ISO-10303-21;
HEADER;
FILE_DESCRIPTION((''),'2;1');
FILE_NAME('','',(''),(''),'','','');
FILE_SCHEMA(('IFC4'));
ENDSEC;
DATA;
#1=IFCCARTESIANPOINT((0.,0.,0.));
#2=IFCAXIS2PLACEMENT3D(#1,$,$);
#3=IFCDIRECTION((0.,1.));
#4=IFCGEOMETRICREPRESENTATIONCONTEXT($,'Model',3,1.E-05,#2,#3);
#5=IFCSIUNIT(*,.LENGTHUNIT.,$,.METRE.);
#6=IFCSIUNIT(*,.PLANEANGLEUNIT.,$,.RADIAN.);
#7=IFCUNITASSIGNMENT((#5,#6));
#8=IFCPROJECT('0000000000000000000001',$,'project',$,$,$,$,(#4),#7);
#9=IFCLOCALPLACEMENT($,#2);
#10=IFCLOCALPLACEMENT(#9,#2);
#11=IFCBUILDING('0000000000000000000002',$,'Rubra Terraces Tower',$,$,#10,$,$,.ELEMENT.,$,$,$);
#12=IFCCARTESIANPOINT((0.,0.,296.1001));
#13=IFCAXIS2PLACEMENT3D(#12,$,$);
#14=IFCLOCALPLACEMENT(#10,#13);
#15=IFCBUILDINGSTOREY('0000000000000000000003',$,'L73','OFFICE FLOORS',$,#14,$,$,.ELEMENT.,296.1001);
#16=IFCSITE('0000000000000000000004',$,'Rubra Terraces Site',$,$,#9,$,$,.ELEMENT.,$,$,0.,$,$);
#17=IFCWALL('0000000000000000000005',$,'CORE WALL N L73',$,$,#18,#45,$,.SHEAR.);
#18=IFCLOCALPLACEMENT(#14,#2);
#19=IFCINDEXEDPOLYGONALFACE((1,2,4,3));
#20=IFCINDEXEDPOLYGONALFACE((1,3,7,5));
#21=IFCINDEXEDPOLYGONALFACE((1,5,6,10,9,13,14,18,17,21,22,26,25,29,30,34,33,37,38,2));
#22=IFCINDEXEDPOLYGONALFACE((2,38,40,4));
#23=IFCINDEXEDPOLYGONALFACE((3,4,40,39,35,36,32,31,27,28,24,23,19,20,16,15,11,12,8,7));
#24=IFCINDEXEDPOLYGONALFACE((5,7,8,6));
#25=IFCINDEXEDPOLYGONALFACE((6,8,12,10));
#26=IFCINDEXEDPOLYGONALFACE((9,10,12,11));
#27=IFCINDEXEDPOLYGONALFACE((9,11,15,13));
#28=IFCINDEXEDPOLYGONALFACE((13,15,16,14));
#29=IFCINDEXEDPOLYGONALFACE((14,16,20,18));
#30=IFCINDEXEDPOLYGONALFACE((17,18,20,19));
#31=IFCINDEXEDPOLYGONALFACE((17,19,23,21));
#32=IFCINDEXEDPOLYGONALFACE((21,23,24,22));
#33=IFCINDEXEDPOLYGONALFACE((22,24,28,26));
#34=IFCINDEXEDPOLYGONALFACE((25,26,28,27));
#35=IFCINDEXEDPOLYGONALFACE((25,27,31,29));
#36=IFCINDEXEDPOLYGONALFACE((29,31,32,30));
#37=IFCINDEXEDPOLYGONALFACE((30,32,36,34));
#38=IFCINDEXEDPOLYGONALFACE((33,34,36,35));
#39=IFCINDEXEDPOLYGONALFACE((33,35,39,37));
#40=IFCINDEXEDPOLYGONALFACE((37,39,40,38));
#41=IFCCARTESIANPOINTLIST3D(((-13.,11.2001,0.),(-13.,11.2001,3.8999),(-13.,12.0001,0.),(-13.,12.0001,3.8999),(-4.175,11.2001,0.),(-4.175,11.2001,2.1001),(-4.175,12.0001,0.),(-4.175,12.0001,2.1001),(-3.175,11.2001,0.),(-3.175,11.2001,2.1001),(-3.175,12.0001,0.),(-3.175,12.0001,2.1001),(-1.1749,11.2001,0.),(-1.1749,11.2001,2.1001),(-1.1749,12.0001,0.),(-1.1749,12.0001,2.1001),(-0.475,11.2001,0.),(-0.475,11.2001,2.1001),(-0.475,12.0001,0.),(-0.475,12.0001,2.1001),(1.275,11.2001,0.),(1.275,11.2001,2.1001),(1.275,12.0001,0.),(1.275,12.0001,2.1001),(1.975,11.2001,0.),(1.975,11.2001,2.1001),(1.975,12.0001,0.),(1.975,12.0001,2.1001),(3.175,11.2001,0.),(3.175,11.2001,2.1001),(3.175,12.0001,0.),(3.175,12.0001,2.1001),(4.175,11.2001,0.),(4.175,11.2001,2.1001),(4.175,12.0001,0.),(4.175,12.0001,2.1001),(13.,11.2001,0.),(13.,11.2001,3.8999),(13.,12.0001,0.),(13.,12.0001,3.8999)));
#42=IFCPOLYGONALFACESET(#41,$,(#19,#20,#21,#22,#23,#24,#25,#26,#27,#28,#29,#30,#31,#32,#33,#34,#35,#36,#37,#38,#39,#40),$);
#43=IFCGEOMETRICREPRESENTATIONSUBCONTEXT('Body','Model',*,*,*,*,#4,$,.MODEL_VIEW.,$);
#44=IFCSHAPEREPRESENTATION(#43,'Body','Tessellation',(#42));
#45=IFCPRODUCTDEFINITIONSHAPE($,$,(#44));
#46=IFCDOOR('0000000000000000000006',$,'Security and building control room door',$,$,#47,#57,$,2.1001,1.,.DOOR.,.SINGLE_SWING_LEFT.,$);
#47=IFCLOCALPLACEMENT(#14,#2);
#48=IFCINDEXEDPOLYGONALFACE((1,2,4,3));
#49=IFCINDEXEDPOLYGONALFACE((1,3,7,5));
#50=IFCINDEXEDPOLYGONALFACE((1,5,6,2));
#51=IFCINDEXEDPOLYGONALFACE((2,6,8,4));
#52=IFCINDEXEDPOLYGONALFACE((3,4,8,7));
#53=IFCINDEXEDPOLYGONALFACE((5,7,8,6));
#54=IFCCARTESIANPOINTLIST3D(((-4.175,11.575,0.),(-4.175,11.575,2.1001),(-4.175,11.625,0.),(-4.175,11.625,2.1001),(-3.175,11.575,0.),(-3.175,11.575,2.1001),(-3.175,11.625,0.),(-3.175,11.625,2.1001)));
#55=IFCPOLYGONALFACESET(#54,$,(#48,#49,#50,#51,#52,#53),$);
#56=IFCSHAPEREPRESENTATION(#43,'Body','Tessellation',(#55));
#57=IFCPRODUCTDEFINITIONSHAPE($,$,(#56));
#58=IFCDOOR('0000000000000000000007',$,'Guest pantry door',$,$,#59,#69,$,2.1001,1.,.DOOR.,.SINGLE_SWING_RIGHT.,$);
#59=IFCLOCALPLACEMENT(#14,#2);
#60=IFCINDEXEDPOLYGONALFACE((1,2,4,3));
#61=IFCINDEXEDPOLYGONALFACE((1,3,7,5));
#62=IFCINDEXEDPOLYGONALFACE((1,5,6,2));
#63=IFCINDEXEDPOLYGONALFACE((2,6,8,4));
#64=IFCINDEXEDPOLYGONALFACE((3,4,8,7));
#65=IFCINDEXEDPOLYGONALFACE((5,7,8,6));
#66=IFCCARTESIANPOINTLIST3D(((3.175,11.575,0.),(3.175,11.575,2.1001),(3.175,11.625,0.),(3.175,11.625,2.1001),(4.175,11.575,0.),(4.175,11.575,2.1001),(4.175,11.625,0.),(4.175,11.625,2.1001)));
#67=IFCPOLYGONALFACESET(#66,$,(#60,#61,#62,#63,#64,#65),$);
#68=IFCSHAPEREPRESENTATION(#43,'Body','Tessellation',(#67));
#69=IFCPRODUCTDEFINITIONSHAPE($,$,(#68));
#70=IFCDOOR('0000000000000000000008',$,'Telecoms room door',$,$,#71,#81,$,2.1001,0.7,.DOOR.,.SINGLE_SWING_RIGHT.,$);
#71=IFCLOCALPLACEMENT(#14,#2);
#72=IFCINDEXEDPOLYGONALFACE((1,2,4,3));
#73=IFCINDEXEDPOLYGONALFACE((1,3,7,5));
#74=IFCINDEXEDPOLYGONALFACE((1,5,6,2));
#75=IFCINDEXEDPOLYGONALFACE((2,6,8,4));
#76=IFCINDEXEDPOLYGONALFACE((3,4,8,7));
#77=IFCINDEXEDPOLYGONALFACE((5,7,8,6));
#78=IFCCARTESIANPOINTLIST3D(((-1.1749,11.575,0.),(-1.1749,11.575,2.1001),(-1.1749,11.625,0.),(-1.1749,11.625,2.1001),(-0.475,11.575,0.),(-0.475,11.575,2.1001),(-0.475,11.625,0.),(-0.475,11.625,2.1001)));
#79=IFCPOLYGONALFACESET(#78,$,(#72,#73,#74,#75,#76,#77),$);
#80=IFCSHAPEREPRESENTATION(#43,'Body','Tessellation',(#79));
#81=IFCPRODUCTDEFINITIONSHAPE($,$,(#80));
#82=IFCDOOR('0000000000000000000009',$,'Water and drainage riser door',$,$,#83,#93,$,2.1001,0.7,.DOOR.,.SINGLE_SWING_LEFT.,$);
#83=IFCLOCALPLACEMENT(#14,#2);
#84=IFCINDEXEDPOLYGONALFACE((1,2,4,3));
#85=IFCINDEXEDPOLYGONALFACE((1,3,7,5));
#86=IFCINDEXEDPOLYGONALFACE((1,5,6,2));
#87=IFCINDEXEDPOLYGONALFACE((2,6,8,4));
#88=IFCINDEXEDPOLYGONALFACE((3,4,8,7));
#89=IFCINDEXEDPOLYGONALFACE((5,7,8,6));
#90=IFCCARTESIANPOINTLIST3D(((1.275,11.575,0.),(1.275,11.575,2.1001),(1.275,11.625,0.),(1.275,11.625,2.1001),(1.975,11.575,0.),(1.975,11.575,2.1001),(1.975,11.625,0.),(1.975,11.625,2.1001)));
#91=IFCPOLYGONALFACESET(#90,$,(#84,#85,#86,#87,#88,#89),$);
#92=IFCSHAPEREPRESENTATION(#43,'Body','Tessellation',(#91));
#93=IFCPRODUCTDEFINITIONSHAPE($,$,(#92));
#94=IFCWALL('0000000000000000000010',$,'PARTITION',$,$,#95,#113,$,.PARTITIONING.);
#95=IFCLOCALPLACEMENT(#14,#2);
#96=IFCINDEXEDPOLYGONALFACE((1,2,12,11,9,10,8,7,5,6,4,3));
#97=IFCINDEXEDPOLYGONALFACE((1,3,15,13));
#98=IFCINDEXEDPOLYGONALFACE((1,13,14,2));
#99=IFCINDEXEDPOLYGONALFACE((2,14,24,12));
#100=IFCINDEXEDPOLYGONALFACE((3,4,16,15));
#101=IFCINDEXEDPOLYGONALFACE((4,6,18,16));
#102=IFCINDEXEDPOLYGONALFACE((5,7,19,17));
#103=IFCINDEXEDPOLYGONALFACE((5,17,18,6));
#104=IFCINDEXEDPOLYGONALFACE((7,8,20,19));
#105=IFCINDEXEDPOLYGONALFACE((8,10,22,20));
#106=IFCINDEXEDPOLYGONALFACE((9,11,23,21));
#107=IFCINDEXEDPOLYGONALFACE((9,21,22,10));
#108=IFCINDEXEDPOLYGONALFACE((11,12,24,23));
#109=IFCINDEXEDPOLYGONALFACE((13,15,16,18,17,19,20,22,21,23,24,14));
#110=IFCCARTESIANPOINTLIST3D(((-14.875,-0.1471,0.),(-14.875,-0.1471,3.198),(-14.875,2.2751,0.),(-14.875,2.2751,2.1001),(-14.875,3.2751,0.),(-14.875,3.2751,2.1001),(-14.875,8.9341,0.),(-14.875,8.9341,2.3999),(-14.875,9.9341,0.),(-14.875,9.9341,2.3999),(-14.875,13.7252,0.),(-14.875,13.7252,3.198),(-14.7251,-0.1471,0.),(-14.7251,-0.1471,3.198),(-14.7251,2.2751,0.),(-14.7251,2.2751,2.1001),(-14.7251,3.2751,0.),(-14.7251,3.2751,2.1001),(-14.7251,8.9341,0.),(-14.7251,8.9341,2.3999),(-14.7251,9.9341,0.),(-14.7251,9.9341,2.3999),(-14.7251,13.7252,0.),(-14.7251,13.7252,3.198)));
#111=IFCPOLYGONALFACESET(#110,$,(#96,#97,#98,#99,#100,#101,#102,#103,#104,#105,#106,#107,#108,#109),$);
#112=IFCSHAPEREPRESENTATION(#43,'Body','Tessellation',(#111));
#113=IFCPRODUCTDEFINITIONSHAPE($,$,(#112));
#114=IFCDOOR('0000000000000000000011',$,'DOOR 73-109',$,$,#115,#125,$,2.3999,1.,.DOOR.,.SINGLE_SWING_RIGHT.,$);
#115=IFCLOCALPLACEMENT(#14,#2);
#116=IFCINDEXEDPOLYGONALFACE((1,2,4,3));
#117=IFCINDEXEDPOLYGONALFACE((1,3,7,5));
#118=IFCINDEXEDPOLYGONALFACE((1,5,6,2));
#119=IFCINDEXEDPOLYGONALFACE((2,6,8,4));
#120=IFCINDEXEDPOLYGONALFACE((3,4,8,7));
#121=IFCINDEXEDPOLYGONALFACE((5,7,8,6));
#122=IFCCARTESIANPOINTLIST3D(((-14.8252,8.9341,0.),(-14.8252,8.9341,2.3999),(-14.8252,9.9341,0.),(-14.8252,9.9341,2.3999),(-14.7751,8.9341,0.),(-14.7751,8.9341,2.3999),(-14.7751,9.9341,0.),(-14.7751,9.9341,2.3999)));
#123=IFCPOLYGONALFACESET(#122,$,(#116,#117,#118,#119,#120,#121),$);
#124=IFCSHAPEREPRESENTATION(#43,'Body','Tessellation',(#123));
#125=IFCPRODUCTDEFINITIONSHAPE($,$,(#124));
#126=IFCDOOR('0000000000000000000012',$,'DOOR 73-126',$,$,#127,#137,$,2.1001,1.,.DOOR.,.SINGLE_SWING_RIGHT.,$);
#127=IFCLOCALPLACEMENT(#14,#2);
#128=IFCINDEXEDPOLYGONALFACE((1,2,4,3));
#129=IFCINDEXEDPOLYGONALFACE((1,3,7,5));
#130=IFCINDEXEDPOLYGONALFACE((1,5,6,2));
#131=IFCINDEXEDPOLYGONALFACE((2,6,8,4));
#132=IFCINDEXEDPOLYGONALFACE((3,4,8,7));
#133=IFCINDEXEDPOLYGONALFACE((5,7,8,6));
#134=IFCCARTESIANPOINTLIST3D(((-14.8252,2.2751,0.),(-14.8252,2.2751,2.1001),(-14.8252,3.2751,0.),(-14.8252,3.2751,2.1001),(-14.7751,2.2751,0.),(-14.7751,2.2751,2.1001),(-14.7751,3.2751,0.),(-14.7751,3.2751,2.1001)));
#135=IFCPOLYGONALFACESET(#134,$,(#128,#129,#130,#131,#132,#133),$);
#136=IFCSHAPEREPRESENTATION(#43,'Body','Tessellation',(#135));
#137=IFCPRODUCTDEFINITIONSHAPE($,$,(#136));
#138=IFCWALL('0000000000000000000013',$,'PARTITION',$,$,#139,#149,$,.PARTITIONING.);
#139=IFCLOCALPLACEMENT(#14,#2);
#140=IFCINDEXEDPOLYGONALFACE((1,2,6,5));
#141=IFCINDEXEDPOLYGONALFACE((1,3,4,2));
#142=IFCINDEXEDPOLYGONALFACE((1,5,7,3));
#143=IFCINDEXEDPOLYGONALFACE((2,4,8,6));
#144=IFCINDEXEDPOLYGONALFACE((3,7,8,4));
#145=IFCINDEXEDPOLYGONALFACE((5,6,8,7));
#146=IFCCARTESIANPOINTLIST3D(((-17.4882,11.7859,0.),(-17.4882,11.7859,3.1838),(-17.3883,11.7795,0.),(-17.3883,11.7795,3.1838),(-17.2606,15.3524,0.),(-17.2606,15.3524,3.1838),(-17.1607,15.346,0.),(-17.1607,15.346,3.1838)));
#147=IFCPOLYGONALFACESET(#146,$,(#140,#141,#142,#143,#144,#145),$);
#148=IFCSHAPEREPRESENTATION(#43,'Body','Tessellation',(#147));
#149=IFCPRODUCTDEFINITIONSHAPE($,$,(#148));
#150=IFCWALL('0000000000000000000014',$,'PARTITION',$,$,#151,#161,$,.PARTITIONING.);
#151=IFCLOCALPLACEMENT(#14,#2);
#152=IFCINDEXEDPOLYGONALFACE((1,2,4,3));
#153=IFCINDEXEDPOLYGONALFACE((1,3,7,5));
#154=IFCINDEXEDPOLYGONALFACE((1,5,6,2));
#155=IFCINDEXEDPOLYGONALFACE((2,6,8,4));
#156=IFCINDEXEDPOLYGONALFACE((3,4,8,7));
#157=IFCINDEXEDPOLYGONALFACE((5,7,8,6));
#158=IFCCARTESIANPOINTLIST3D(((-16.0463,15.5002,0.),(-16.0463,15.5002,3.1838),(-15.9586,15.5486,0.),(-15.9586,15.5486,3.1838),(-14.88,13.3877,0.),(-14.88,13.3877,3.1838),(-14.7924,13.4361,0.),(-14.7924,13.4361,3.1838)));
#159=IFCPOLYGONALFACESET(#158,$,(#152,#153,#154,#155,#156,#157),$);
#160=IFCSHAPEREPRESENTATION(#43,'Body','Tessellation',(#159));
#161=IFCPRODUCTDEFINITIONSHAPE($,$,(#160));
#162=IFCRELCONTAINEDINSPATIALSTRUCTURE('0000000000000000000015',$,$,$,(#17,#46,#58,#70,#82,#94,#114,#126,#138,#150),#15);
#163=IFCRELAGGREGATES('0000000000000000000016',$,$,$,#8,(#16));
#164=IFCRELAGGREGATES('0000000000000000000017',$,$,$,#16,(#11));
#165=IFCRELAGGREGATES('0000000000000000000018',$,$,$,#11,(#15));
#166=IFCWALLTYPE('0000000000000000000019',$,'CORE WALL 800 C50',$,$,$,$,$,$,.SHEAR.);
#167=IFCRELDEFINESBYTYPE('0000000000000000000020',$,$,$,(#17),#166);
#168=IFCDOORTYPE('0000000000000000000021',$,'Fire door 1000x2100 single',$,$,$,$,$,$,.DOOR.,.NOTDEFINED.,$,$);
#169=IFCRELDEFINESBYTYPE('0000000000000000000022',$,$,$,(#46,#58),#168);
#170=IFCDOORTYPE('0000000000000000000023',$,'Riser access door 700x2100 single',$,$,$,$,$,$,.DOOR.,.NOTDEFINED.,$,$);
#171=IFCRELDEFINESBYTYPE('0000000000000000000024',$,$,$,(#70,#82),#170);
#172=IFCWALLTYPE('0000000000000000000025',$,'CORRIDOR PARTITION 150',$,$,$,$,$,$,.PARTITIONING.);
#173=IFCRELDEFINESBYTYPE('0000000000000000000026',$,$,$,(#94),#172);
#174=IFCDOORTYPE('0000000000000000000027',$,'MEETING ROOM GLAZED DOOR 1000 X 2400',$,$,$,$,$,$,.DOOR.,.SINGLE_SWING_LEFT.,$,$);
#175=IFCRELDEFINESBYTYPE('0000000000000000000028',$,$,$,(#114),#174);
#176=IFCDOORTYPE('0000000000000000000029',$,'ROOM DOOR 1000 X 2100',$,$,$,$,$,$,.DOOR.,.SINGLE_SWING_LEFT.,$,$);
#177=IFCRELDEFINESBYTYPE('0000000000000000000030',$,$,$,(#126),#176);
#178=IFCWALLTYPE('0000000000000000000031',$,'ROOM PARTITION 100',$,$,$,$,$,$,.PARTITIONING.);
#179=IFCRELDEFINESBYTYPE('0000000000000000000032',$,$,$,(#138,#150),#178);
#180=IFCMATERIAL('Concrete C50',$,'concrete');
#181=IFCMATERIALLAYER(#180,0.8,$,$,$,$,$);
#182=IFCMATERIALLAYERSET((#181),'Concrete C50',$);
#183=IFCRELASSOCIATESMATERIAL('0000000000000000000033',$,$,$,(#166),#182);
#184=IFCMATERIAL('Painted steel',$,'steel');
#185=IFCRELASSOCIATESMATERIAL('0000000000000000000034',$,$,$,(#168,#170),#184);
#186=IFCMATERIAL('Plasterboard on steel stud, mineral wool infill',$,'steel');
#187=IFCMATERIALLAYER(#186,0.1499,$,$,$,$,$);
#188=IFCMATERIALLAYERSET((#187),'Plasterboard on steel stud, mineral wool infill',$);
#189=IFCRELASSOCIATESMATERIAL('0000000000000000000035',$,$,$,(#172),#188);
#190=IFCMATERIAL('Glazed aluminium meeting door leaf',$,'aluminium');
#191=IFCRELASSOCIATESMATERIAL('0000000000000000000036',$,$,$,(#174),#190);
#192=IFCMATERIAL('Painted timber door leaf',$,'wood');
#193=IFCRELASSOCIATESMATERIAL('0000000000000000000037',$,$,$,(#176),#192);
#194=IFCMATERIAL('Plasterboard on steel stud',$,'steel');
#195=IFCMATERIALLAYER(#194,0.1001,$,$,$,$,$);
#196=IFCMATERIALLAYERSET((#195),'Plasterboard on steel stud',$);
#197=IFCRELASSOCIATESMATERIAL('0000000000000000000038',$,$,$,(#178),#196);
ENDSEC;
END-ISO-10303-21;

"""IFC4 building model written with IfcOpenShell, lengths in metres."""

from ifc_helpers import new_model, si_unit, direction, frame, frame_2d, origin, place, context, subcontext, project, spatial, rectangle, extrude, material, layer, layer_set, type_object, element, fill, save


model = new_model("IFC4")

# Units and contexts
model_context = context("Model", 3, precision=1e-05, world=origin(), true_north=direction((0.0, 1.0)))
body_context = subcontext(model_context, "Body", "Model", "MODEL_VIEW")
ifc_project = project(units=[si_unit("LENGTHUNIT", "METRE"), si_unit("PLANEANGLEUNIT", "RADIAN")], contexts=[model_context])

# Site, building, storey
site_placement = place(None, origin())
site = spatial("IfcSite", under=ifc_project, at=site_placement, Name="Rubra Terraces Site", CompositionType="ELEMENT", RefElevation=0.0)
building_placement = place(site_placement, origin())
building = spatial("IfcBuilding", under=site, at=building_placement, Name="Rubra Terraces Tower", CompositionType="ELEMENT")
storey_placement = place(building_placement, frame((0.0, 0.0, 296.1001)))
storey = spatial("IfcBuildingStorey", under=building, at=storey_placement, Name="L73", Description="OFFICE FLOORS", CompositionType="ELEMENT", Elevation=296.1001)

# Shared definitions
ifc_material_1 = material(Name="Concrete C50", Category="concrete")

# Walls, openings, doors
ifc_layer_1 = layer(ifc_material_1, 0.8)
ifc_layer_set_1 = layer_set([ifc_layer_1], Name="Concrete C50")
wall_type_1 = type_object("IfcWallType", Name="CORE WALL 800 C50", PredefinedType="SHEAR", material=ifc_layer_set_1)
wall_1_placement = place(storey_placement, frame((-13.0, 11.6001, 0.0), z_axis=(0.0, 0.0, 1.0), x_axis=(1.0, 0.0, 0.0)))
wall_1 = element("IfcWall", 1, at=wall_1_placement, inside=storey, type_object=wall_type_1, Name="CORE WALL N L73", PredefinedType="SHEAR", context=body_context, shape_type="SweptSolid", body=[
    extrude(rectangle(XDim=26.0, YDim=0.8, at=frame_2d((13.0, 0.0))), origin(), (0.0, 0.0, 1.0), 3.8999),
])
opening_1_placement = place(wall_1_placement, frame((8.825, 0.0, 0.0)))
opening_1 = element("IfcOpeningElement", 2, at=opening_1_placement, cuts=wall_1, PredefinedType="OPENING", context=body_context, shape_type="SweptSolid", body=[
    extrude(rectangle(XDim=1.0, YDim=2.1001, at=frame_2d((0.5, 1.05))), frame((0.0, 0.4099, 0.0), z_axis=(0.0, -1.0, 0.0), x_axis=(1.0, 0.0, 0.0)), (0.0, 0.0, 1.0), 0.8201),
])
opening_2_placement = place(wall_1_placement, frame((11.825, 0.0, 0.0)))
opening_2 = element("IfcOpeningElement", 3, at=opening_2_placement, cuts=wall_1, PredefinedType="OPENING", context=body_context, shape_type="SweptSolid", body=[
    extrude(rectangle(XDim=0.7, YDim=2.1001, at=frame_2d((0.3501, 1.05))), frame((0.0, 0.4099, 0.0), z_axis=(0.0, -1.0, 0.0), x_axis=(1.0, 0.0, 0.0)), (0.0, 0.0, 1.0), 0.8201),
])
opening_3_placement = place(wall_1_placement, frame((14.2749, 0.0, 0.0)))
opening_3 = element("IfcOpeningElement", 4, at=opening_3_placement, cuts=wall_1, PredefinedType="OPENING", context=body_context, shape_type="SweptSolid", body=[
    extrude(rectangle(XDim=0.7, YDim=2.1001, at=frame_2d((0.3501, 1.05))), frame((0.0, 0.4099, 0.0), z_axis=(0.0, -1.0, 0.0), x_axis=(1.0, 0.0, 0.0)), (0.0, 0.0, 1.0), 0.8201),
])
opening_4_placement = place(wall_1_placement, frame((16.175, 0.0, 0.0)))
opening_4 = element("IfcOpeningElement", 5, at=opening_4_placement, cuts=wall_1, PredefinedType="OPENING", context=body_context, shape_type="SweptSolid", body=[
    extrude(rectangle(XDim=1.0, YDim=2.1001, at=frame_2d((0.5, 1.05))), frame((0.0, 0.4099, 0.0), z_axis=(0.0, -1.0, 0.0), x_axis=(1.0, 0.0, 0.0)), (0.0, 0.0, 1.0), 0.8201),
])
ifc_material_2 = material(Name="Painted steel", Category="steel")
door_type_1 = type_object("IfcDoorType", Name="Fire door 1000x2100 single", OperationType="NOTDEFINED", PredefinedType="DOOR", material=ifc_material_2)
door_1_placement = place(opening_1_placement, origin())
door_1 = element("IfcDoor", 6, at=door_1_placement, inside=storey, type_object=door_type_1, Name="Security and building control room door", OperationType="SINGLE_SWING_LEFT", OverallHeight=2.1001, OverallWidth=1.0, PredefinedType="DOOR", context=body_context, shape_type="SweptSolid", body=[
    extrude(rectangle(XDim=1.0, YDim=2.1001, at=frame_2d((0.5, 1.05))), frame((0.0, 0.0249, 0.0), z_axis=(0.0, -1.0, 0.0), x_axis=(1.0, 0.0, 0.0)), (0.0, 0.0, 1.0), 0.05),
])
fill(opening_1, door_1)
door_2_placement = place(opening_4_placement, origin())
door_2 = element("IfcDoor", 7, at=door_2_placement, inside=storey, type_object=door_type_1, Name="Guest pantry door", OperationType="SINGLE_SWING_RIGHT", OverallHeight=2.1001, OverallWidth=1.0, PredefinedType="DOOR", context=body_context, shape_type="SweptSolid", body=[
    extrude(rectangle(XDim=1.0, YDim=2.1001, at=frame_2d((0.5, 1.05))), frame((0.0, 0.0249, 0.0), z_axis=(0.0, -1.0, 0.0), x_axis=(1.0, 0.0, 0.0)), (0.0, 0.0, 1.0), 0.05),
])
fill(opening_4, door_2)
door_type_2 = type_object("IfcDoorType", Name="Riser access door 700x2100 single", OperationType="NOTDEFINED", PredefinedType="DOOR", material=ifc_material_2)
door_3_placement = place(opening_2_placement, origin())
door_3 = element("IfcDoor", 8, at=door_3_placement, inside=storey, type_object=door_type_2, Name="Telecoms room door", OperationType="SINGLE_SWING_RIGHT", OverallHeight=2.1001, OverallWidth=0.7, PredefinedType="DOOR", context=body_context, shape_type="SweptSolid", body=[
    extrude(rectangle(XDim=0.7, YDim=2.1001, at=frame_2d((0.3501, 1.05))), frame((0.0, 0.0249, 0.0), z_axis=(0.0, -1.0, 0.0), x_axis=(1.0, 0.0, 0.0)), (0.0, 0.0, 1.0), 0.05),
])
fill(opening_2, door_3)
door_4_placement = place(opening_3_placement, origin())
door_4 = element("IfcDoor", 9, at=door_4_placement, inside=storey, type_object=door_type_2, Name="Water and drainage riser door", OperationType="SINGLE_SWING_LEFT", OverallHeight=2.1001, OverallWidth=0.7, PredefinedType="DOOR", context=body_context, shape_type="SweptSolid", body=[
    extrude(rectangle(XDim=0.7, YDim=2.1001, at=frame_2d((0.3501, 1.05))), frame((0.0, 0.0249, 0.0), z_axis=(0.0, -1.0, 0.0), x_axis=(1.0, 0.0, 0.0)), (0.0, 0.0, 1.0), 0.05),
])
fill(opening_3, door_4)
ifc_material_3 = material(Name="Plasterboard on steel stud, mineral wool infill", Category="steel")
ifc_layer_2 = layer(ifc_material_3, 0.1499)
ifc_layer_set_2 = layer_set([ifc_layer_2], Name="Plasterboard on steel stud, mineral wool infill")
wall_type_2 = type_object("IfcWallType", Name="CORRIDOR PARTITION 150", PredefinedType="PARTITIONING", material=ifc_layer_set_2)
wall_2_placement = place(storey_placement, frame((-14.8, 13.7251, 0.0), z_axis=(0.0, 0.0, 1.0), x_axis=(0.0, -1.0, 0.0)))
wall_2 = element("IfcWall", 10, at=wall_2_placement, inside=storey, type_object=wall_type_2, Name="PARTITION", PredefinedType="PARTITIONING", context=body_context, shape_type="SweptSolid", body=[
    extrude(rectangle(XDim=13.8723, YDim=0.1499, at=frame_2d((6.936, 0.0))), origin(), (0.0, 0.0, 1.0), 3.198),
])
opening_5_placement = place(wall_2_placement, frame((3.791, 0.0, 0.0)))
opening_5 = element("IfcOpeningElement", 11, at=opening_5_placement, cuts=wall_2, PredefinedType="OPENING", context=body_context, shape_type="SweptSolid", body=[
    extrude(rectangle(XDim=1.0, YDim=2.3999, at=frame_2d((0.5, 1.2))), frame((0.0, 0.085, 0.0), z_axis=(0.0, -1.0, 0.0), x_axis=(1.0, 0.0, 0.0)), (0.0, 0.0, 1.0), 0.1699),
])
opening_6_placement = place(wall_2_placement, frame((10.45, 0.0, 0.0)))
opening_6 = element("IfcOpeningElement", 12, at=opening_6_placement, cuts=wall_2, PredefinedType="OPENING", context=body_context, shape_type="SweptSolid", body=[
    extrude(rectangle(XDim=1.0, YDim=2.1001, at=frame_2d((0.5, 1.05))), frame((0.0, 0.085, 0.0), z_axis=(0.0, -1.0, 0.0), x_axis=(1.0, 0.0, 0.0)), (0.0, 0.0, 1.0), 0.1699),
])
ifc_material_4 = material(Name="Glazed aluminium meeting door leaf", Category="aluminium")
door_type_3 = type_object("IfcDoorType", Name="MEETING ROOM GLAZED DOOR 1000 X 2400", OperationType="SINGLE_SWING_LEFT", PredefinedType="DOOR", material=ifc_material_4)
door_5_placement = place(opening_5_placement, origin())
door_5 = element("IfcDoor", 13, at=door_5_placement, inside=storey, type_object=door_type_3, Name="DOOR 73-109", OperationType="SINGLE_SWING_RIGHT", OverallHeight=2.3999, OverallWidth=1.0, PredefinedType="DOOR", context=body_context, shape_type="SweptSolid", body=[
    extrude(rectangle(XDim=1.0, YDim=2.3999, at=frame_2d((0.5, 1.2))), frame((0.0, 0.0249, 0.0), z_axis=(0.0, -1.0, 0.0), x_axis=(1.0, 0.0, 0.0)), (0.0, 0.0, 1.0), 0.05),
])
fill(opening_5, door_5)
ifc_material_5 = material(Name="Painted timber door leaf", Category="wood")
door_type_4 = type_object("IfcDoorType", Name="ROOM DOOR 1000 X 2100", OperationType="SINGLE_SWING_LEFT", PredefinedType="DOOR", material=ifc_material_5)
door_6_placement = place(opening_6_placement, origin())
door_6 = element("IfcDoor", 14, at=door_6_placement, inside=storey, type_object=door_type_4, Name="DOOR 73-126", OperationType="SINGLE_SWING_RIGHT", OverallHeight=2.1001, OverallWidth=1.0, PredefinedType="DOOR", context=body_context, shape_type="SweptSolid", body=[
    extrude(rectangle(XDim=1.0, YDim=2.1001, at=frame_2d((0.5, 1.05))), frame((0.0, 0.0249, 0.0), z_axis=(0.0, -1.0, 0.0), x_axis=(1.0, 0.0, 0.0)), (0.0, 0.0, 1.0), 0.05),
])
fill(opening_6, door_6)

# Walls
ifc_material_6 = material(Name="Plasterboard on steel stud", Category="steel")
ifc_layer_3 = layer(ifc_material_6, 0.1001)
ifc_layer_set_3 = layer_set([ifc_layer_3], Name="Plasterboard on steel stud")
wall_type_3 = type_object("IfcWallType", Name="ROOM PARTITION 100", PredefinedType="PARTITIONING", material=ifc_layer_set_3)
wall_3_placement = place(storey_placement, frame((-17.4382, 11.7827, 0.0), z_axis=(0.0, 0.0, 1.0), x_axis=(0.063671, 0.997971, 0.0)))
element("IfcWall", 15, at=wall_3_placement, inside=storey, type_object=wall_type_3, Name="PARTITION", PredefinedType="PARTITIONING", context=body_context, shape_type="SweptSolid", body=[
    extrude(rectangle(XDim=3.5737, YDim=0.1001, at=frame_2d((1.7869, 0.0))), origin(), (0.0, 0.0, 1.0), 3.1838),
])
wall_4_placement = place(storey_placement, frame((-14.8362, 13.4119, 0.0), z_axis=(0.0, 0.0, 1.0), x_axis=(-0.483305, 0.875452, 0.0)))
element("IfcWall", 16, at=wall_4_placement, inside=storey, type_object=wall_type_3, Name="PARTITION", PredefinedType="PARTITIONING", context=body_context, shape_type="SweptSolid", body=[
    extrude(rectangle(XDim=2.4131, YDim=0.1001, at=frame_2d((1.2065, 0.0))), origin(), (0.0, 0.0, 1.0), 3.1838),
])

save(model, "model.ifc")
